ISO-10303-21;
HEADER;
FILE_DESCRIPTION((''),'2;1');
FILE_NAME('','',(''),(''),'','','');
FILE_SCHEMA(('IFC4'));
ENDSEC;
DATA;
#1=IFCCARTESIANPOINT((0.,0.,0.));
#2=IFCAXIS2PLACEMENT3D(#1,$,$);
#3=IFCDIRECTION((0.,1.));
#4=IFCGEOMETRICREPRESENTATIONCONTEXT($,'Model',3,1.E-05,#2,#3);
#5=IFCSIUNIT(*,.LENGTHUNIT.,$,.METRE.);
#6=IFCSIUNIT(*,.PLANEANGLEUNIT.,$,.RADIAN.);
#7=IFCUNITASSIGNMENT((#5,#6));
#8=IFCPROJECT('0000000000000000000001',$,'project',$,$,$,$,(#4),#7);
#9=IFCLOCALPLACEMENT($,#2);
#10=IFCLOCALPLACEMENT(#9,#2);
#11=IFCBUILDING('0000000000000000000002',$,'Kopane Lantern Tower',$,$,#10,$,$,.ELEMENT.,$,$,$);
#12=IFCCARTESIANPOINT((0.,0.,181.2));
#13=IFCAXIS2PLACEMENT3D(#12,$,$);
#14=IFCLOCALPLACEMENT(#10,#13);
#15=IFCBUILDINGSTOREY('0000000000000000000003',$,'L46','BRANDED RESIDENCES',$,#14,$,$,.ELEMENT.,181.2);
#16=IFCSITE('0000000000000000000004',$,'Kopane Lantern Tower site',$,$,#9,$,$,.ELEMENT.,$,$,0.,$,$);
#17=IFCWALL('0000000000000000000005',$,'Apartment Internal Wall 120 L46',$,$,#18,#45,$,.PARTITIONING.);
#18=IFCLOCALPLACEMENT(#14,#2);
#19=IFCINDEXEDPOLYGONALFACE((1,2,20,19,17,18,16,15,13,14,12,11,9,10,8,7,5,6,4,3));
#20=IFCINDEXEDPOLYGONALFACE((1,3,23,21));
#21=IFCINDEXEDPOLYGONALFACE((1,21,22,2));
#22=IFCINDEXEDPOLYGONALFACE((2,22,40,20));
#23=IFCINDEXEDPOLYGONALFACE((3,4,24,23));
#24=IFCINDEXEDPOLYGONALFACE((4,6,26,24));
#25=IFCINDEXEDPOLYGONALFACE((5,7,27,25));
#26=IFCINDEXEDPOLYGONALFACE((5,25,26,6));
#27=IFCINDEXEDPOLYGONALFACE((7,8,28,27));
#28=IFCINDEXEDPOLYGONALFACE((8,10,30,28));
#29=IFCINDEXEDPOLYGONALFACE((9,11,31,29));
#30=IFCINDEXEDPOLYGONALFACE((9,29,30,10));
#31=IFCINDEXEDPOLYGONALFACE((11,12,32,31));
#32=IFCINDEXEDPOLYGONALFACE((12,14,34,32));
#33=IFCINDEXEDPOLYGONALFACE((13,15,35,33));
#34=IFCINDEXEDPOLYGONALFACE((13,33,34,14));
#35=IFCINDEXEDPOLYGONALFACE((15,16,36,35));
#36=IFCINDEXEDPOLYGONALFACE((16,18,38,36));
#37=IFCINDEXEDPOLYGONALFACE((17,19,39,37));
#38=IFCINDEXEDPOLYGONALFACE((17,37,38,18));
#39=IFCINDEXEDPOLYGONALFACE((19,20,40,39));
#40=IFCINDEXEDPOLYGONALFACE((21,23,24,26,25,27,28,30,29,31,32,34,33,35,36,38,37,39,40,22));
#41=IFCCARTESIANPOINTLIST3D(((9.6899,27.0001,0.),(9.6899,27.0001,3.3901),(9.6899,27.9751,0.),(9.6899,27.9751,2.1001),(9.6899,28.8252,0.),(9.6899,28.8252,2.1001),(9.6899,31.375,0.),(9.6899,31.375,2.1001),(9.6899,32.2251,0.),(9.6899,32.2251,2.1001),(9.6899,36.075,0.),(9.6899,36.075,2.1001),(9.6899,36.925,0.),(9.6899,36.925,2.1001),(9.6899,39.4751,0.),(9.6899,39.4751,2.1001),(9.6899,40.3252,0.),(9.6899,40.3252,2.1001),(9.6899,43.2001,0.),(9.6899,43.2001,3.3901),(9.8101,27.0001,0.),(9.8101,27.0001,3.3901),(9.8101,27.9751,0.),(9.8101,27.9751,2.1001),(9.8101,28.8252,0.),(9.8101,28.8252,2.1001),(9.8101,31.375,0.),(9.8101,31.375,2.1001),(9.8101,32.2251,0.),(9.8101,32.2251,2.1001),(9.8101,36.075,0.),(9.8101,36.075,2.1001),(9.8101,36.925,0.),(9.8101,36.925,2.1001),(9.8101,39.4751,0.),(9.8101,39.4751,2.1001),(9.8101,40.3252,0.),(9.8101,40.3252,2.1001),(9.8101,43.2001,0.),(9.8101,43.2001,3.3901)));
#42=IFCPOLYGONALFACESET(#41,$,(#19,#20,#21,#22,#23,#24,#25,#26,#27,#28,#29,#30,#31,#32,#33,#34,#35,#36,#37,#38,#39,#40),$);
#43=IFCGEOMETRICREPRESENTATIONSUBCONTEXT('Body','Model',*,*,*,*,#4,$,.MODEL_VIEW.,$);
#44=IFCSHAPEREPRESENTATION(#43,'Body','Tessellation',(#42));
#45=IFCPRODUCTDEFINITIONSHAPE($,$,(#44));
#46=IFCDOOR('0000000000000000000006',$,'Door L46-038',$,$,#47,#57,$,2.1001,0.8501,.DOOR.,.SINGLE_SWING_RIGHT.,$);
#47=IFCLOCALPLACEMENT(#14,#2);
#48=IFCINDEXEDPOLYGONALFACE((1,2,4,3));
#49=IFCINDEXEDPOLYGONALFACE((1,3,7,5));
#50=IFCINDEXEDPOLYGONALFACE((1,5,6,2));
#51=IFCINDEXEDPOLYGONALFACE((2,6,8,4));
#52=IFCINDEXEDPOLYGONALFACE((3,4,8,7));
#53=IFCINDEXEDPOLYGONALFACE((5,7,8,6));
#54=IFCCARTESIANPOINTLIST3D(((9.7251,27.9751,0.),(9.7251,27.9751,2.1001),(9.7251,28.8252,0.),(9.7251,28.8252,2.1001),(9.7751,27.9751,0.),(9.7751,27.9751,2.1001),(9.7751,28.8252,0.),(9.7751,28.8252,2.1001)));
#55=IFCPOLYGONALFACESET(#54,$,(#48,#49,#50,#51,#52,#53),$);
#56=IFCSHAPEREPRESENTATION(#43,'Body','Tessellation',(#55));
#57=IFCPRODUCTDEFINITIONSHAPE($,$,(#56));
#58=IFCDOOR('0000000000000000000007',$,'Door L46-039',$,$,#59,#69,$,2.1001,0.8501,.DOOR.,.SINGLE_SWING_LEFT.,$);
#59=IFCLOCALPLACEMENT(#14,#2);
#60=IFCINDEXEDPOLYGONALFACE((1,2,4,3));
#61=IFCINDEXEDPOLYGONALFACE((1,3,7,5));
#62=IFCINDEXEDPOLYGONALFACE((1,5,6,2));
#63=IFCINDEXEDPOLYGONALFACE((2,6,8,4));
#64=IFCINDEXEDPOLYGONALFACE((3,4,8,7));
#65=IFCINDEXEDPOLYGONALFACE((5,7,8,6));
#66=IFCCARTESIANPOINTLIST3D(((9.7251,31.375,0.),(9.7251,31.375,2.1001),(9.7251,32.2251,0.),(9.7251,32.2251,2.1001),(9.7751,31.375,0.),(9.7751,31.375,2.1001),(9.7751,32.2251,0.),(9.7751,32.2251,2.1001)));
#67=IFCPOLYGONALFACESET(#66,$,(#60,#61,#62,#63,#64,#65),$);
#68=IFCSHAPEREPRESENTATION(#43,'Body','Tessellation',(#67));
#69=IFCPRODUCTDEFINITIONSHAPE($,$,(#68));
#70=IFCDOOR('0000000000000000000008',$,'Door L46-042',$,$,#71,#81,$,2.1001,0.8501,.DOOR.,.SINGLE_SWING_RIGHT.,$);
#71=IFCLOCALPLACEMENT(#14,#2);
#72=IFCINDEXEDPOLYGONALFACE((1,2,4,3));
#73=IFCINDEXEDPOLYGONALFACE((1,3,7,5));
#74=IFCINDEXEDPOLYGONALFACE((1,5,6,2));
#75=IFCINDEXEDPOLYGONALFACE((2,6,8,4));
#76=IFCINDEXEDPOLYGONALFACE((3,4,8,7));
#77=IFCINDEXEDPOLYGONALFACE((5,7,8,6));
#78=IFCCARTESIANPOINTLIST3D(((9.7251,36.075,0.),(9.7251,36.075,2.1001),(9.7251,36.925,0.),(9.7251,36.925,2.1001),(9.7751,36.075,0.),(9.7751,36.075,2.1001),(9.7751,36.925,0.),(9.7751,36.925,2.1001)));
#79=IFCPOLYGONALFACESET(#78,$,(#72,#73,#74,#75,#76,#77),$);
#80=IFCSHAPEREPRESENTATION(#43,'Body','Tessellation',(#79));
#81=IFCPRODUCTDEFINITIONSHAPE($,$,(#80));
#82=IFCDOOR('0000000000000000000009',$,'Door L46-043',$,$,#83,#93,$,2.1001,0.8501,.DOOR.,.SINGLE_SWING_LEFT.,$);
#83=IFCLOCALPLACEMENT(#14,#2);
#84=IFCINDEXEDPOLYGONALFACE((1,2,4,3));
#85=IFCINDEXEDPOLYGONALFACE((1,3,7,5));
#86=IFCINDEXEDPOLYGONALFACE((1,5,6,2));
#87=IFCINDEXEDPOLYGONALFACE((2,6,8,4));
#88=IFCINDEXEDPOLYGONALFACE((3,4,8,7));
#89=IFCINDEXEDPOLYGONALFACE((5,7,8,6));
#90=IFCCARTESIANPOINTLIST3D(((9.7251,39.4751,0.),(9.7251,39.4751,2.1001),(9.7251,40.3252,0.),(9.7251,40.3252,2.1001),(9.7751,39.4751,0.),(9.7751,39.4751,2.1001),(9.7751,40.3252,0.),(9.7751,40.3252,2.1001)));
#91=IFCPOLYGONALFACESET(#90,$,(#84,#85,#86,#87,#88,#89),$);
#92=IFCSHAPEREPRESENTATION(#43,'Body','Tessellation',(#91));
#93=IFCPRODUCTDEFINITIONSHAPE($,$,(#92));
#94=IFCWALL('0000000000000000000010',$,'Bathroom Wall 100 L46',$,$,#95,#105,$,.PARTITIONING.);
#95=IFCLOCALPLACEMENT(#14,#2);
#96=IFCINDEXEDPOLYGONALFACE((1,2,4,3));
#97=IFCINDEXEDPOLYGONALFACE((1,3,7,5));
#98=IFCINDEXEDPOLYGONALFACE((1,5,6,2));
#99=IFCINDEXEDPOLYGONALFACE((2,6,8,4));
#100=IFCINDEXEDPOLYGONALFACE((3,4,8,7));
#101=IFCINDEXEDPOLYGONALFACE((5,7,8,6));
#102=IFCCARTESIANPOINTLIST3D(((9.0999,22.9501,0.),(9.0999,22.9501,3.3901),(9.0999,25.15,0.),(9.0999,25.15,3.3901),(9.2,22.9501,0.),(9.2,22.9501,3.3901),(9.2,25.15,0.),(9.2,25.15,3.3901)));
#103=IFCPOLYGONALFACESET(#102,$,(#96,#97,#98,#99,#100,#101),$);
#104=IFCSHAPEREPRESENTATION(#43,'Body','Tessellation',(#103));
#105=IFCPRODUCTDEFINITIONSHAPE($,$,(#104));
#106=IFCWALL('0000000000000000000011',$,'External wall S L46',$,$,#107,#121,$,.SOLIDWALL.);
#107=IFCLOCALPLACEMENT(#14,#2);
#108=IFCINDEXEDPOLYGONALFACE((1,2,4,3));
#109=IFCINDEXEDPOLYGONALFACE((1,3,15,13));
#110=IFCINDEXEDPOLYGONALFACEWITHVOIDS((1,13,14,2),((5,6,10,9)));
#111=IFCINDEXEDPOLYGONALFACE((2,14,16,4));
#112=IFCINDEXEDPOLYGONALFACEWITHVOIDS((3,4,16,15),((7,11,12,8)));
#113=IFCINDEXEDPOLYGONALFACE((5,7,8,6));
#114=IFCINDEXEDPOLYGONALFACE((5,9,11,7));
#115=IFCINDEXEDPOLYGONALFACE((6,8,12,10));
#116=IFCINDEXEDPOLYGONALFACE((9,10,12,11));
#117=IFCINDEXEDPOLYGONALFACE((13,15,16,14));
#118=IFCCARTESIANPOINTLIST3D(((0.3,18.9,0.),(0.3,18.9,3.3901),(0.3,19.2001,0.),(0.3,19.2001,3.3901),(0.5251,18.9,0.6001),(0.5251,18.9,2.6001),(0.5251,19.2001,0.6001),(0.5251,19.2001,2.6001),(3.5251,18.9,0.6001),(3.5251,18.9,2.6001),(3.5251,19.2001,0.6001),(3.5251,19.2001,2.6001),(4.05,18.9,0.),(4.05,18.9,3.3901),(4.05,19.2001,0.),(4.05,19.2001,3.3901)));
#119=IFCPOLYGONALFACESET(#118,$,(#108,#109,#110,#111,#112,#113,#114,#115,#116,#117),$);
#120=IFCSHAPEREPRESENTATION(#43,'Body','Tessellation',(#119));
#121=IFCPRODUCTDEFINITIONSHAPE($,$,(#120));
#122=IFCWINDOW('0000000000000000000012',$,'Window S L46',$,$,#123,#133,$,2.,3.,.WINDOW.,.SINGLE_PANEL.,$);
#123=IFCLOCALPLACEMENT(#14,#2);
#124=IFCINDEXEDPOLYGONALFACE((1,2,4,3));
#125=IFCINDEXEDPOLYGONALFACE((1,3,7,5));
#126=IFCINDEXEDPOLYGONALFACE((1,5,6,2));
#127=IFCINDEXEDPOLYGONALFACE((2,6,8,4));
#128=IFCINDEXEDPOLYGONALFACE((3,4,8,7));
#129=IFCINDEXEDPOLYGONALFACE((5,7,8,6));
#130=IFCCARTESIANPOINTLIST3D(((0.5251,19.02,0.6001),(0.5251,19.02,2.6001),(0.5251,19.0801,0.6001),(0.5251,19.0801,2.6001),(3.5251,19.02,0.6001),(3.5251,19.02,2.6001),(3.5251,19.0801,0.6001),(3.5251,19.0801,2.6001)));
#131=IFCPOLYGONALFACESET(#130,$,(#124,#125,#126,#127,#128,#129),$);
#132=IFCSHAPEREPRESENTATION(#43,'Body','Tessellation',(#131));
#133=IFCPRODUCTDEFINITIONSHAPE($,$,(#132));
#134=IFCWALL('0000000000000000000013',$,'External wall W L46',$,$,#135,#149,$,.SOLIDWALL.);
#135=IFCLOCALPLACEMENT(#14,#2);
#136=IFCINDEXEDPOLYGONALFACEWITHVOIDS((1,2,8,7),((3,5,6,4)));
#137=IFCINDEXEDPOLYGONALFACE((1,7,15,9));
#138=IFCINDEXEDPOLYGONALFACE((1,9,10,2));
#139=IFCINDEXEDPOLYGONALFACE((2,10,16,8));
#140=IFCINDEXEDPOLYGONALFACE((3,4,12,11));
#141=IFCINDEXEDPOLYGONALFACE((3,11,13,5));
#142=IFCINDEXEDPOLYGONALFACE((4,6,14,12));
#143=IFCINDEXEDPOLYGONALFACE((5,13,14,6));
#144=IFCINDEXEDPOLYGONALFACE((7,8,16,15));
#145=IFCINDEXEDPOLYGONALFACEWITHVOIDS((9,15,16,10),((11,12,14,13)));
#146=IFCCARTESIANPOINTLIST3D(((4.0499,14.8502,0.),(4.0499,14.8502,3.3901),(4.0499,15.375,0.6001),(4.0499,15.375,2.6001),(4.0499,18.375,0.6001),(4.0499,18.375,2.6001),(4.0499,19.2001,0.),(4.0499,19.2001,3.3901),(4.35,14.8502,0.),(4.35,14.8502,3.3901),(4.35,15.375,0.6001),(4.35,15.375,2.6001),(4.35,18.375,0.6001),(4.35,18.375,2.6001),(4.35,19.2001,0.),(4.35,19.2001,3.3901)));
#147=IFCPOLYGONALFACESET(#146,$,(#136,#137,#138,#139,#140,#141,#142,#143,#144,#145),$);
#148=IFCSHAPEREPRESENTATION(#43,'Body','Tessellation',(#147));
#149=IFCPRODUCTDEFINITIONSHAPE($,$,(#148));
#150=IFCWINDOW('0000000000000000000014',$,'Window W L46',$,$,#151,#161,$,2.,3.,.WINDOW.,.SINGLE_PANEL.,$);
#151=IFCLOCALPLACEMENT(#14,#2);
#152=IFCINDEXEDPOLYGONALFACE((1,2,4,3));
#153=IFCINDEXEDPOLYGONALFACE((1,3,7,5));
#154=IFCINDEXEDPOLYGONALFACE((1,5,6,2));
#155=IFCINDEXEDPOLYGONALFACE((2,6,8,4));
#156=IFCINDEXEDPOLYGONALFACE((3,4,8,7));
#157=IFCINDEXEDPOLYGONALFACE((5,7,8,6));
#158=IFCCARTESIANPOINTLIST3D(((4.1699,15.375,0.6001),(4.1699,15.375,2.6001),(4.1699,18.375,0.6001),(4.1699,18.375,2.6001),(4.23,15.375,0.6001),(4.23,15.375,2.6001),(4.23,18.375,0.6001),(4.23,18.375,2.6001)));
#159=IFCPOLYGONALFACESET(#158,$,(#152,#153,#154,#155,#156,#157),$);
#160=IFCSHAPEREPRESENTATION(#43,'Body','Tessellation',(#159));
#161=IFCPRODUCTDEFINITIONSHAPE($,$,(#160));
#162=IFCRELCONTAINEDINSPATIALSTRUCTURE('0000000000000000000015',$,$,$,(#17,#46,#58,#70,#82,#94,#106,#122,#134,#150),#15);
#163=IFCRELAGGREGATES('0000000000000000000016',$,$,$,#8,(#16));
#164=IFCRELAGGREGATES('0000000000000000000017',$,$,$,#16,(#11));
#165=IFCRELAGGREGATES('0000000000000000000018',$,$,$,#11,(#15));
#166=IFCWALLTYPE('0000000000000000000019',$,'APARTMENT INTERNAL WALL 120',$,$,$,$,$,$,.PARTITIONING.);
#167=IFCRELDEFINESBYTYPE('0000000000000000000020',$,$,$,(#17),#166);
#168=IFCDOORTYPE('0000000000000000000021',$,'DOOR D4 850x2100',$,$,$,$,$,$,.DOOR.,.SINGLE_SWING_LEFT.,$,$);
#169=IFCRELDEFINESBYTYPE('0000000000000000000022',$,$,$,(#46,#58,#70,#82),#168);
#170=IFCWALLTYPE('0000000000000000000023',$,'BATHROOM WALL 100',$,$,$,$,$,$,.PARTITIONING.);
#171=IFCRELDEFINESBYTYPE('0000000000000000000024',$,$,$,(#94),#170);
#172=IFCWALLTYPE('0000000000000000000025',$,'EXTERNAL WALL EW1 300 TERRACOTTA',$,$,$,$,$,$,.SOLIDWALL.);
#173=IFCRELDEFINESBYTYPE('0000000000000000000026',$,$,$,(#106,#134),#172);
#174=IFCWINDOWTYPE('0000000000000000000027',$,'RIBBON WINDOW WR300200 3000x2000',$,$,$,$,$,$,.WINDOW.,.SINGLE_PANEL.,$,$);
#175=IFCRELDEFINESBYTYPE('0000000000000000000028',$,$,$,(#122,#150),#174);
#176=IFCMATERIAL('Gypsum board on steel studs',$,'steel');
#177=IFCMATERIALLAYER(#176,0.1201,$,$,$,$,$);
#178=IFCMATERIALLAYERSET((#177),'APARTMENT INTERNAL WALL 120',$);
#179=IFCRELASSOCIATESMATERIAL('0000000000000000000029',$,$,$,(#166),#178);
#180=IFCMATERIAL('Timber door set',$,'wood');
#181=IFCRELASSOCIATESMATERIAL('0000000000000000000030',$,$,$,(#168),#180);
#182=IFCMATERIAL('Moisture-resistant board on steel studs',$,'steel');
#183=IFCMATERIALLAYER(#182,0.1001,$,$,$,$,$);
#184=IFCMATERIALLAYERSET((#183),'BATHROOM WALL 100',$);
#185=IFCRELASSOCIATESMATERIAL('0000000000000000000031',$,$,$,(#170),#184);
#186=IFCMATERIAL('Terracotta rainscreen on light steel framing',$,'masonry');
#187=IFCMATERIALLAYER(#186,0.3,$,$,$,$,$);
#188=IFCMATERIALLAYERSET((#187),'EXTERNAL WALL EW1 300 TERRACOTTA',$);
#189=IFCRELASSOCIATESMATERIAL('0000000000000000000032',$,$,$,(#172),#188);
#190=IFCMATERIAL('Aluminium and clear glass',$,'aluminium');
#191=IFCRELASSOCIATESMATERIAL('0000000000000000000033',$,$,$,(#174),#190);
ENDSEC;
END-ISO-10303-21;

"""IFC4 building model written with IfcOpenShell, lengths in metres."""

from ifc_helpers import new_model, si_unit, direction, frame, frame_2d, origin, place, context, subcontext, project, spatial, rectangle, extrude, material, layer, layer_set, type_object, element, fill, save


model = new_model("IFC4")

# Units and contexts
model_context = context("Model", 3, precision=1e-05, world=origin(), true_north=direction((0.0, 1.0)))
body_context = subcontext(model_context, "Body", "Model", "MODEL_VIEW")
ifc_project = project(units=[si_unit("LENGTHUNIT", "METRE"), si_unit("PLANEANGLEUNIT", "RADIAN")], contexts=[model_context])

# Site, building, storey
site_placement = place(None, origin())
site = spatial("IfcSite", under=ifc_project, at=site_placement, Name="Kopane Lantern Tower site", CompositionType="ELEMENT", RefElevation=0.0)
building_placement = place(site_placement, origin())
building = spatial("IfcBuilding", under=site, at=building_placement, Name="Kopane Lantern Tower", CompositionType="ELEMENT")
storey_placement = place(building_placement, frame((0.0, 0.0, 181.2)))
storey = spatial("IfcBuildingStorey", under=building, at=storey_placement, Name="L46", Description="BRANDED RESIDENCES", CompositionType="ELEMENT", Elevation=181.2)

# Wall, openings, doors
ifc_material_1 = material(Name="Gypsum board on steel studs", Category="steel")
ifc_layer_1 = layer(ifc_material_1, 0.1201)
ifc_layer_set_1 = layer_set([ifc_layer_1], Name="APARTMENT INTERNAL WALL 120")
wall_type_1 = type_object("IfcWallType", Name="APARTMENT INTERNAL WALL 120", PredefinedType="PARTITIONING", material=ifc_layer_set_1)
wall_1_placement = place(storey_placement, frame((9.75, 27.0, 0.0), z_axis=(0.0, 0.0, 1.0), x_axis=(0.0, 1.0, 0.0)))
wall_1 = element("IfcWall", 1, at=wall_1_placement, inside=storey, type_object=wall_type_1, Name="Apartment Internal Wall 120 L46", PredefinedType="PARTITIONING", context=body_context, shape_type="SweptSolid", body=[
    extrude(rectangle(XDim=16.2, YDim=0.1201, at=frame_2d((8.1001, 0.0))), origin(), (0.0, 0.0, 1.0), 3.3901),
])
opening_1_placement = place(wall_1_placement, frame((0.9751, 0.0, 0.0)))
opening_1 = element("IfcOpeningElement", 2, at=opening_1_placement, cuts=wall_1, PredefinedType="OPENING", context=body_context, shape_type="SweptSolid", body=[
    extrude(rectangle(XDim=0.8501, YDim=2.1001, at=frame_2d((0.425, 1.05))), frame((0.0, 0.0701, 0.0), z_axis=(0.0, -1.0, 0.0), x_axis=(1.0, 0.0, 0.0)), (0.0, 0.0, 1.0), 0.1401),
])
opening_2_placement = place(wall_1_placement, frame((4.375, 0.0, 0.0)))
opening_2 = element("IfcOpeningElement", 3, at=opening_2_placement, cuts=wall_1, PredefinedType="OPENING", context=body_context, shape_type="SweptSolid", body=[
    extrude(rectangle(XDim=0.8501, YDim=2.1001, at=frame_2d((0.425, 1.05))), frame((0.0, 0.0701, 0.0), z_axis=(0.0, -1.0, 0.0), x_axis=(1.0, 0.0, 0.0)), (0.0, 0.0, 1.0), 0.1401),
])
opening_3_placement = place(wall_1_placement, frame((9.075, 0.0, 0.0)))
opening_3 = element("IfcOpeningElement", 4, at=opening_3_placement, cuts=wall_1, PredefinedType="OPENING", context=body_context, shape_type="SweptSolid", body=[
    extrude(rectangle(XDim=0.8501, YDim=2.1001, at=frame_2d((0.425, 1.05))), frame((0.0, 0.0701, 0.0), z_axis=(0.0, -1.0, 0.0), x_axis=(1.0, 0.0, 0.0)), (0.0, 0.0, 1.0), 0.1401),
])
opening_4_placement = place(wall_1_placement, frame((12.4751, 0.0, 0.0)))
opening_4 = element("IfcOpeningElement", 5, at=opening_4_placement, cuts=wall_1, PredefinedType="OPENING", context=body_context, shape_type="SweptSolid", body=[
    extrude(rectangle(XDim=0.8501, YDim=2.1001, at=frame_2d((0.425, 1.05))), frame((0.0, 0.0701, 0.0), z_axis=(0.0, -1.0, 0.0), x_axis=(1.0, 0.0, 0.0)), (0.0, 0.0, 1.0), 0.1401),
])
ifc_material_2 = material(Name="Timber door set", Category="wood")
door_type = type_object("IfcDoorType", Name="DOOR D4 850x2100", OperationType="SINGLE_SWING_LEFT", PredefinedType="DOOR", material=ifc_material_2)
door_1_placement = place(opening_1_placement, origin())
door_1 = element("IfcDoor", 6, at=door_1_placement, inside=storey, type_object=door_type, Name="Door L46-038", OperationType="SINGLE_SWING_RIGHT", OverallHeight=2.1001, OverallWidth=0.8501, PredefinedType="DOOR", context=body_context, shape_type="SweptSolid", body=[
    extrude(rectangle(XDim=0.8501, YDim=2.1001, at=frame_2d((0.425, 1.05))), frame((0.0, 0.0249, 0.0), z_axis=(0.0, -1.0, 0.0), x_axis=(1.0, 0.0, 0.0)), (0.0, 0.0, 1.0), 0.05),
])
fill(opening_1, door_1)
door_2_placement = place(opening_2_placement, origin())
door_2 = element("IfcDoor", 7, at=door_2_placement, inside=storey, type_object=door_type, Name="Door L46-039", OperationType="SINGLE_SWING_LEFT", OverallHeight=2.1001, OverallWidth=0.8501, PredefinedType="DOOR", context=body_context, shape_type="SweptSolid", body=[
    extrude(rectangle(XDim=0.8501, YDim=2.1001, at=frame_2d((0.425, 1.05))), frame((0.0, 0.0249, 0.0), z_axis=(0.0, -1.0, 0.0), x_axis=(1.0, 0.0, 0.0)), (0.0, 0.0, 1.0), 0.05),
])
fill(opening_2, door_2)
door_3_placement = place(opening_3_placement, origin())
door_3 = element("IfcDoor", 8, at=door_3_placement, inside=storey, type_object=door_type, Name="Door L46-042", OperationType="SINGLE_SWING_RIGHT", OverallHeight=2.1001, OverallWidth=0.8501, PredefinedType="DOOR", context=body_context, shape_type="SweptSolid", body=[
    extrude(rectangle(XDim=0.8501, YDim=2.1001, at=frame_2d((0.425, 1.05))), frame((0.0, 0.0249, 0.0), z_axis=(0.0, -1.0, 0.0), x_axis=(1.0, 0.0, 0.0)), (0.0, 0.0, 1.0), 0.05),
])
fill(opening_3, door_3)
door_4_placement = place(opening_4_placement, origin())
door_4 = element("IfcDoor", 9, at=door_4_placement, inside=storey, type_object=door_type, Name="Door L46-043", OperationType="SINGLE_SWING_LEFT", OverallHeight=2.1001, OverallWidth=0.8501, PredefinedType="DOOR", context=body_context, shape_type="SweptSolid", body=[
    extrude(rectangle(XDim=0.8501, YDim=2.1001, at=frame_2d((0.425, 1.05))), frame((0.0, 0.0249, 0.0), z_axis=(0.0, -1.0, 0.0), x_axis=(1.0, 0.0, 0.0)), (0.0, 0.0, 1.0), 0.05),
])
fill(opening_4, door_4)

# Wall
ifc_material_3 = material(Name="Moisture-resistant board on steel studs", Category="steel")
ifc_layer_2 = layer(ifc_material_3, 0.1001)
ifc_layer_set_2 = layer_set([ifc_layer_2], Name="BATHROOM WALL 100")
wall_type_2 = type_object("IfcWallType", Name="BATHROOM WALL 100", PredefinedType="PARTITIONING", material=ifc_layer_set_2)
wall_2_placement = place(storey_placement, frame((9.1499, 22.95, 0.0), z_axis=(0.0, 0.0, 1.0), x_axis=(0.0, 1.0, 0.0)))
element("IfcWall", 10, at=wall_2_placement, inside=storey, type_object=wall_type_2, Name="Bathroom Wall 100 L46", PredefinedType="PARTITIONING", context=body_context, shape_type="SweptSolid", body=[
    extrude(rectangle(XDim=2.2, YDim=0.1001, at=frame_2d((1.1001, 0.0))), origin(), (0.0, 0.0, 1.0), 3.3901),
])

# Walls, openings, windows
ifc_material_4 = material(Name="Terracotta rainscreen on light steel framing", Category="masonry")
ifc_layer_3 = layer(ifc_material_4, 0.3)
ifc_layer_set_3 = layer_set([ifc_layer_3], Name="EXTERNAL WALL EW1 300 TERRACOTTA")
wall_type_3 = type_object("IfcWallType", Name="EXTERNAL WALL EW1 300 TERRACOTTA", PredefinedType="SOLIDWALL", material=ifc_layer_set_3)
wall_3_placement = place(storey_placement, frame((0.3, 19.05, 0.0), z_axis=(0.0, 0.0, 1.0), x_axis=(1.0, 0.0, 0.0)))
wall_3 = element("IfcWall", 11, at=wall_3_placement, inside=storey, type_object=wall_type_3, Name="External wall S L46", PredefinedType="SOLIDWALL", context=body_context, shape_type="SweptSolid", body=[
    extrude(rectangle(XDim=3.75, YDim=0.3, at=frame_2d((1.875, 0.0))), origin(), (0.0, 0.0, 1.0), 3.3901),
])
opening_5_placement = place(wall_3_placement, frame((0.2251, 0.0, 0.6001)))
opening_5 = element("IfcOpeningElement", 12, at=opening_5_placement, cuts=wall_3, PredefinedType="OPENING", context=body_context, shape_type="SweptSolid", body=[
    extrude(rectangle(XDim=3.0, YDim=2.0, at=frame_2d((1.5, 1.0))), frame((0.0, 0.1599, 0.0), z_axis=(0.0, -1.0, 0.0), x_axis=(1.0, 0.0, 0.0)), (0.0, 0.0, 1.0), 0.3201),
])
ifc_material_5 = material(Name="Aluminium and clear glass", Category="aluminium")
window_type = type_object("IfcWindowType", Name="RIBBON WINDOW WR300200 3000x2000", PartitioningType="SINGLE_PANEL", PredefinedType="WINDOW", material=ifc_material_5)
window_1_placement = place(opening_5_placement, origin())
window_1 = element("IfcWindow", 13, at=window_1_placement, inside=storey, type_object=window_type, Name="Window S L46", OverallHeight=2.0, OverallWidth=3.0, PartitioningType="SINGLE_PANEL", PredefinedType="WINDOW", context=body_context, shape_type="SweptSolid", body=[
    extrude(rectangle(XDim=3.0, YDim=2.0, at=frame_2d((1.5, 1.0))), frame((0.0, 0.03, 0.0), z_axis=(0.0, -1.0, 0.0), x_axis=(1.0, 0.0, 0.0)), (0.0, 0.0, 1.0), 0.0601),
])
fill(opening_5, window_1)
wall_4_placement = place(storey_placement, frame((4.2, 19.2, 0.0), z_axis=(0.0, 0.0, 1.0), x_axis=(0.0, -1.0, 0.0)))
wall_4 = element("IfcWall", 14, at=wall_4_placement, inside=storey, type_object=wall_type_3, Name="External wall W L46", PredefinedType="SOLIDWALL", context=body_context, shape_type="SweptSolid", body=[
    extrude(rectangle(XDim=4.3499, YDim=0.3, at=frame_2d((2.1748, 0.0))), origin(), (0.0, 0.0, 1.0), 3.3901),
])
opening_6_placement = place(wall_4_placement, frame((0.825, 0.0, 0.6001)))
opening_6 = element("IfcOpeningElement", 15, at=opening_6_placement, cuts=wall_4, PredefinedType="OPENING", context=body_context, shape_type="SweptSolid", body=[
    extrude(rectangle(XDim=3.0, YDim=2.0, at=frame_2d((1.5, 1.0))), frame((0.0, 0.1599, 0.0), z_axis=(0.0, -1.0, 0.0), x_axis=(1.0, 0.0, 0.0)), (0.0, 0.0, 1.0), 0.3201),
])
window_2_placement = place(opening_6_placement, origin())
window_2 = element("IfcWindow", 16, at=window_2_placement, inside=storey, type_object=window_type, Name="Window W L46", OverallHeight=2.0, OverallWidth=3.0, PartitioningType="SINGLE_PANEL", PredefinedType="WINDOW", context=body_context, shape_type="SweptSolid", body=[
    extrude(rectangle(XDim=3.0, YDim=2.0, at=frame_2d((1.5, 1.0))), frame((0.0, 0.03, 0.0), z_axis=(0.0, -1.0, 0.0), x_axis=(1.0, 0.0, 0.0)), (0.0, 0.0, 1.0), 0.0601),
])
fill(opening_6, window_2)

save(model, "model.ifc")
